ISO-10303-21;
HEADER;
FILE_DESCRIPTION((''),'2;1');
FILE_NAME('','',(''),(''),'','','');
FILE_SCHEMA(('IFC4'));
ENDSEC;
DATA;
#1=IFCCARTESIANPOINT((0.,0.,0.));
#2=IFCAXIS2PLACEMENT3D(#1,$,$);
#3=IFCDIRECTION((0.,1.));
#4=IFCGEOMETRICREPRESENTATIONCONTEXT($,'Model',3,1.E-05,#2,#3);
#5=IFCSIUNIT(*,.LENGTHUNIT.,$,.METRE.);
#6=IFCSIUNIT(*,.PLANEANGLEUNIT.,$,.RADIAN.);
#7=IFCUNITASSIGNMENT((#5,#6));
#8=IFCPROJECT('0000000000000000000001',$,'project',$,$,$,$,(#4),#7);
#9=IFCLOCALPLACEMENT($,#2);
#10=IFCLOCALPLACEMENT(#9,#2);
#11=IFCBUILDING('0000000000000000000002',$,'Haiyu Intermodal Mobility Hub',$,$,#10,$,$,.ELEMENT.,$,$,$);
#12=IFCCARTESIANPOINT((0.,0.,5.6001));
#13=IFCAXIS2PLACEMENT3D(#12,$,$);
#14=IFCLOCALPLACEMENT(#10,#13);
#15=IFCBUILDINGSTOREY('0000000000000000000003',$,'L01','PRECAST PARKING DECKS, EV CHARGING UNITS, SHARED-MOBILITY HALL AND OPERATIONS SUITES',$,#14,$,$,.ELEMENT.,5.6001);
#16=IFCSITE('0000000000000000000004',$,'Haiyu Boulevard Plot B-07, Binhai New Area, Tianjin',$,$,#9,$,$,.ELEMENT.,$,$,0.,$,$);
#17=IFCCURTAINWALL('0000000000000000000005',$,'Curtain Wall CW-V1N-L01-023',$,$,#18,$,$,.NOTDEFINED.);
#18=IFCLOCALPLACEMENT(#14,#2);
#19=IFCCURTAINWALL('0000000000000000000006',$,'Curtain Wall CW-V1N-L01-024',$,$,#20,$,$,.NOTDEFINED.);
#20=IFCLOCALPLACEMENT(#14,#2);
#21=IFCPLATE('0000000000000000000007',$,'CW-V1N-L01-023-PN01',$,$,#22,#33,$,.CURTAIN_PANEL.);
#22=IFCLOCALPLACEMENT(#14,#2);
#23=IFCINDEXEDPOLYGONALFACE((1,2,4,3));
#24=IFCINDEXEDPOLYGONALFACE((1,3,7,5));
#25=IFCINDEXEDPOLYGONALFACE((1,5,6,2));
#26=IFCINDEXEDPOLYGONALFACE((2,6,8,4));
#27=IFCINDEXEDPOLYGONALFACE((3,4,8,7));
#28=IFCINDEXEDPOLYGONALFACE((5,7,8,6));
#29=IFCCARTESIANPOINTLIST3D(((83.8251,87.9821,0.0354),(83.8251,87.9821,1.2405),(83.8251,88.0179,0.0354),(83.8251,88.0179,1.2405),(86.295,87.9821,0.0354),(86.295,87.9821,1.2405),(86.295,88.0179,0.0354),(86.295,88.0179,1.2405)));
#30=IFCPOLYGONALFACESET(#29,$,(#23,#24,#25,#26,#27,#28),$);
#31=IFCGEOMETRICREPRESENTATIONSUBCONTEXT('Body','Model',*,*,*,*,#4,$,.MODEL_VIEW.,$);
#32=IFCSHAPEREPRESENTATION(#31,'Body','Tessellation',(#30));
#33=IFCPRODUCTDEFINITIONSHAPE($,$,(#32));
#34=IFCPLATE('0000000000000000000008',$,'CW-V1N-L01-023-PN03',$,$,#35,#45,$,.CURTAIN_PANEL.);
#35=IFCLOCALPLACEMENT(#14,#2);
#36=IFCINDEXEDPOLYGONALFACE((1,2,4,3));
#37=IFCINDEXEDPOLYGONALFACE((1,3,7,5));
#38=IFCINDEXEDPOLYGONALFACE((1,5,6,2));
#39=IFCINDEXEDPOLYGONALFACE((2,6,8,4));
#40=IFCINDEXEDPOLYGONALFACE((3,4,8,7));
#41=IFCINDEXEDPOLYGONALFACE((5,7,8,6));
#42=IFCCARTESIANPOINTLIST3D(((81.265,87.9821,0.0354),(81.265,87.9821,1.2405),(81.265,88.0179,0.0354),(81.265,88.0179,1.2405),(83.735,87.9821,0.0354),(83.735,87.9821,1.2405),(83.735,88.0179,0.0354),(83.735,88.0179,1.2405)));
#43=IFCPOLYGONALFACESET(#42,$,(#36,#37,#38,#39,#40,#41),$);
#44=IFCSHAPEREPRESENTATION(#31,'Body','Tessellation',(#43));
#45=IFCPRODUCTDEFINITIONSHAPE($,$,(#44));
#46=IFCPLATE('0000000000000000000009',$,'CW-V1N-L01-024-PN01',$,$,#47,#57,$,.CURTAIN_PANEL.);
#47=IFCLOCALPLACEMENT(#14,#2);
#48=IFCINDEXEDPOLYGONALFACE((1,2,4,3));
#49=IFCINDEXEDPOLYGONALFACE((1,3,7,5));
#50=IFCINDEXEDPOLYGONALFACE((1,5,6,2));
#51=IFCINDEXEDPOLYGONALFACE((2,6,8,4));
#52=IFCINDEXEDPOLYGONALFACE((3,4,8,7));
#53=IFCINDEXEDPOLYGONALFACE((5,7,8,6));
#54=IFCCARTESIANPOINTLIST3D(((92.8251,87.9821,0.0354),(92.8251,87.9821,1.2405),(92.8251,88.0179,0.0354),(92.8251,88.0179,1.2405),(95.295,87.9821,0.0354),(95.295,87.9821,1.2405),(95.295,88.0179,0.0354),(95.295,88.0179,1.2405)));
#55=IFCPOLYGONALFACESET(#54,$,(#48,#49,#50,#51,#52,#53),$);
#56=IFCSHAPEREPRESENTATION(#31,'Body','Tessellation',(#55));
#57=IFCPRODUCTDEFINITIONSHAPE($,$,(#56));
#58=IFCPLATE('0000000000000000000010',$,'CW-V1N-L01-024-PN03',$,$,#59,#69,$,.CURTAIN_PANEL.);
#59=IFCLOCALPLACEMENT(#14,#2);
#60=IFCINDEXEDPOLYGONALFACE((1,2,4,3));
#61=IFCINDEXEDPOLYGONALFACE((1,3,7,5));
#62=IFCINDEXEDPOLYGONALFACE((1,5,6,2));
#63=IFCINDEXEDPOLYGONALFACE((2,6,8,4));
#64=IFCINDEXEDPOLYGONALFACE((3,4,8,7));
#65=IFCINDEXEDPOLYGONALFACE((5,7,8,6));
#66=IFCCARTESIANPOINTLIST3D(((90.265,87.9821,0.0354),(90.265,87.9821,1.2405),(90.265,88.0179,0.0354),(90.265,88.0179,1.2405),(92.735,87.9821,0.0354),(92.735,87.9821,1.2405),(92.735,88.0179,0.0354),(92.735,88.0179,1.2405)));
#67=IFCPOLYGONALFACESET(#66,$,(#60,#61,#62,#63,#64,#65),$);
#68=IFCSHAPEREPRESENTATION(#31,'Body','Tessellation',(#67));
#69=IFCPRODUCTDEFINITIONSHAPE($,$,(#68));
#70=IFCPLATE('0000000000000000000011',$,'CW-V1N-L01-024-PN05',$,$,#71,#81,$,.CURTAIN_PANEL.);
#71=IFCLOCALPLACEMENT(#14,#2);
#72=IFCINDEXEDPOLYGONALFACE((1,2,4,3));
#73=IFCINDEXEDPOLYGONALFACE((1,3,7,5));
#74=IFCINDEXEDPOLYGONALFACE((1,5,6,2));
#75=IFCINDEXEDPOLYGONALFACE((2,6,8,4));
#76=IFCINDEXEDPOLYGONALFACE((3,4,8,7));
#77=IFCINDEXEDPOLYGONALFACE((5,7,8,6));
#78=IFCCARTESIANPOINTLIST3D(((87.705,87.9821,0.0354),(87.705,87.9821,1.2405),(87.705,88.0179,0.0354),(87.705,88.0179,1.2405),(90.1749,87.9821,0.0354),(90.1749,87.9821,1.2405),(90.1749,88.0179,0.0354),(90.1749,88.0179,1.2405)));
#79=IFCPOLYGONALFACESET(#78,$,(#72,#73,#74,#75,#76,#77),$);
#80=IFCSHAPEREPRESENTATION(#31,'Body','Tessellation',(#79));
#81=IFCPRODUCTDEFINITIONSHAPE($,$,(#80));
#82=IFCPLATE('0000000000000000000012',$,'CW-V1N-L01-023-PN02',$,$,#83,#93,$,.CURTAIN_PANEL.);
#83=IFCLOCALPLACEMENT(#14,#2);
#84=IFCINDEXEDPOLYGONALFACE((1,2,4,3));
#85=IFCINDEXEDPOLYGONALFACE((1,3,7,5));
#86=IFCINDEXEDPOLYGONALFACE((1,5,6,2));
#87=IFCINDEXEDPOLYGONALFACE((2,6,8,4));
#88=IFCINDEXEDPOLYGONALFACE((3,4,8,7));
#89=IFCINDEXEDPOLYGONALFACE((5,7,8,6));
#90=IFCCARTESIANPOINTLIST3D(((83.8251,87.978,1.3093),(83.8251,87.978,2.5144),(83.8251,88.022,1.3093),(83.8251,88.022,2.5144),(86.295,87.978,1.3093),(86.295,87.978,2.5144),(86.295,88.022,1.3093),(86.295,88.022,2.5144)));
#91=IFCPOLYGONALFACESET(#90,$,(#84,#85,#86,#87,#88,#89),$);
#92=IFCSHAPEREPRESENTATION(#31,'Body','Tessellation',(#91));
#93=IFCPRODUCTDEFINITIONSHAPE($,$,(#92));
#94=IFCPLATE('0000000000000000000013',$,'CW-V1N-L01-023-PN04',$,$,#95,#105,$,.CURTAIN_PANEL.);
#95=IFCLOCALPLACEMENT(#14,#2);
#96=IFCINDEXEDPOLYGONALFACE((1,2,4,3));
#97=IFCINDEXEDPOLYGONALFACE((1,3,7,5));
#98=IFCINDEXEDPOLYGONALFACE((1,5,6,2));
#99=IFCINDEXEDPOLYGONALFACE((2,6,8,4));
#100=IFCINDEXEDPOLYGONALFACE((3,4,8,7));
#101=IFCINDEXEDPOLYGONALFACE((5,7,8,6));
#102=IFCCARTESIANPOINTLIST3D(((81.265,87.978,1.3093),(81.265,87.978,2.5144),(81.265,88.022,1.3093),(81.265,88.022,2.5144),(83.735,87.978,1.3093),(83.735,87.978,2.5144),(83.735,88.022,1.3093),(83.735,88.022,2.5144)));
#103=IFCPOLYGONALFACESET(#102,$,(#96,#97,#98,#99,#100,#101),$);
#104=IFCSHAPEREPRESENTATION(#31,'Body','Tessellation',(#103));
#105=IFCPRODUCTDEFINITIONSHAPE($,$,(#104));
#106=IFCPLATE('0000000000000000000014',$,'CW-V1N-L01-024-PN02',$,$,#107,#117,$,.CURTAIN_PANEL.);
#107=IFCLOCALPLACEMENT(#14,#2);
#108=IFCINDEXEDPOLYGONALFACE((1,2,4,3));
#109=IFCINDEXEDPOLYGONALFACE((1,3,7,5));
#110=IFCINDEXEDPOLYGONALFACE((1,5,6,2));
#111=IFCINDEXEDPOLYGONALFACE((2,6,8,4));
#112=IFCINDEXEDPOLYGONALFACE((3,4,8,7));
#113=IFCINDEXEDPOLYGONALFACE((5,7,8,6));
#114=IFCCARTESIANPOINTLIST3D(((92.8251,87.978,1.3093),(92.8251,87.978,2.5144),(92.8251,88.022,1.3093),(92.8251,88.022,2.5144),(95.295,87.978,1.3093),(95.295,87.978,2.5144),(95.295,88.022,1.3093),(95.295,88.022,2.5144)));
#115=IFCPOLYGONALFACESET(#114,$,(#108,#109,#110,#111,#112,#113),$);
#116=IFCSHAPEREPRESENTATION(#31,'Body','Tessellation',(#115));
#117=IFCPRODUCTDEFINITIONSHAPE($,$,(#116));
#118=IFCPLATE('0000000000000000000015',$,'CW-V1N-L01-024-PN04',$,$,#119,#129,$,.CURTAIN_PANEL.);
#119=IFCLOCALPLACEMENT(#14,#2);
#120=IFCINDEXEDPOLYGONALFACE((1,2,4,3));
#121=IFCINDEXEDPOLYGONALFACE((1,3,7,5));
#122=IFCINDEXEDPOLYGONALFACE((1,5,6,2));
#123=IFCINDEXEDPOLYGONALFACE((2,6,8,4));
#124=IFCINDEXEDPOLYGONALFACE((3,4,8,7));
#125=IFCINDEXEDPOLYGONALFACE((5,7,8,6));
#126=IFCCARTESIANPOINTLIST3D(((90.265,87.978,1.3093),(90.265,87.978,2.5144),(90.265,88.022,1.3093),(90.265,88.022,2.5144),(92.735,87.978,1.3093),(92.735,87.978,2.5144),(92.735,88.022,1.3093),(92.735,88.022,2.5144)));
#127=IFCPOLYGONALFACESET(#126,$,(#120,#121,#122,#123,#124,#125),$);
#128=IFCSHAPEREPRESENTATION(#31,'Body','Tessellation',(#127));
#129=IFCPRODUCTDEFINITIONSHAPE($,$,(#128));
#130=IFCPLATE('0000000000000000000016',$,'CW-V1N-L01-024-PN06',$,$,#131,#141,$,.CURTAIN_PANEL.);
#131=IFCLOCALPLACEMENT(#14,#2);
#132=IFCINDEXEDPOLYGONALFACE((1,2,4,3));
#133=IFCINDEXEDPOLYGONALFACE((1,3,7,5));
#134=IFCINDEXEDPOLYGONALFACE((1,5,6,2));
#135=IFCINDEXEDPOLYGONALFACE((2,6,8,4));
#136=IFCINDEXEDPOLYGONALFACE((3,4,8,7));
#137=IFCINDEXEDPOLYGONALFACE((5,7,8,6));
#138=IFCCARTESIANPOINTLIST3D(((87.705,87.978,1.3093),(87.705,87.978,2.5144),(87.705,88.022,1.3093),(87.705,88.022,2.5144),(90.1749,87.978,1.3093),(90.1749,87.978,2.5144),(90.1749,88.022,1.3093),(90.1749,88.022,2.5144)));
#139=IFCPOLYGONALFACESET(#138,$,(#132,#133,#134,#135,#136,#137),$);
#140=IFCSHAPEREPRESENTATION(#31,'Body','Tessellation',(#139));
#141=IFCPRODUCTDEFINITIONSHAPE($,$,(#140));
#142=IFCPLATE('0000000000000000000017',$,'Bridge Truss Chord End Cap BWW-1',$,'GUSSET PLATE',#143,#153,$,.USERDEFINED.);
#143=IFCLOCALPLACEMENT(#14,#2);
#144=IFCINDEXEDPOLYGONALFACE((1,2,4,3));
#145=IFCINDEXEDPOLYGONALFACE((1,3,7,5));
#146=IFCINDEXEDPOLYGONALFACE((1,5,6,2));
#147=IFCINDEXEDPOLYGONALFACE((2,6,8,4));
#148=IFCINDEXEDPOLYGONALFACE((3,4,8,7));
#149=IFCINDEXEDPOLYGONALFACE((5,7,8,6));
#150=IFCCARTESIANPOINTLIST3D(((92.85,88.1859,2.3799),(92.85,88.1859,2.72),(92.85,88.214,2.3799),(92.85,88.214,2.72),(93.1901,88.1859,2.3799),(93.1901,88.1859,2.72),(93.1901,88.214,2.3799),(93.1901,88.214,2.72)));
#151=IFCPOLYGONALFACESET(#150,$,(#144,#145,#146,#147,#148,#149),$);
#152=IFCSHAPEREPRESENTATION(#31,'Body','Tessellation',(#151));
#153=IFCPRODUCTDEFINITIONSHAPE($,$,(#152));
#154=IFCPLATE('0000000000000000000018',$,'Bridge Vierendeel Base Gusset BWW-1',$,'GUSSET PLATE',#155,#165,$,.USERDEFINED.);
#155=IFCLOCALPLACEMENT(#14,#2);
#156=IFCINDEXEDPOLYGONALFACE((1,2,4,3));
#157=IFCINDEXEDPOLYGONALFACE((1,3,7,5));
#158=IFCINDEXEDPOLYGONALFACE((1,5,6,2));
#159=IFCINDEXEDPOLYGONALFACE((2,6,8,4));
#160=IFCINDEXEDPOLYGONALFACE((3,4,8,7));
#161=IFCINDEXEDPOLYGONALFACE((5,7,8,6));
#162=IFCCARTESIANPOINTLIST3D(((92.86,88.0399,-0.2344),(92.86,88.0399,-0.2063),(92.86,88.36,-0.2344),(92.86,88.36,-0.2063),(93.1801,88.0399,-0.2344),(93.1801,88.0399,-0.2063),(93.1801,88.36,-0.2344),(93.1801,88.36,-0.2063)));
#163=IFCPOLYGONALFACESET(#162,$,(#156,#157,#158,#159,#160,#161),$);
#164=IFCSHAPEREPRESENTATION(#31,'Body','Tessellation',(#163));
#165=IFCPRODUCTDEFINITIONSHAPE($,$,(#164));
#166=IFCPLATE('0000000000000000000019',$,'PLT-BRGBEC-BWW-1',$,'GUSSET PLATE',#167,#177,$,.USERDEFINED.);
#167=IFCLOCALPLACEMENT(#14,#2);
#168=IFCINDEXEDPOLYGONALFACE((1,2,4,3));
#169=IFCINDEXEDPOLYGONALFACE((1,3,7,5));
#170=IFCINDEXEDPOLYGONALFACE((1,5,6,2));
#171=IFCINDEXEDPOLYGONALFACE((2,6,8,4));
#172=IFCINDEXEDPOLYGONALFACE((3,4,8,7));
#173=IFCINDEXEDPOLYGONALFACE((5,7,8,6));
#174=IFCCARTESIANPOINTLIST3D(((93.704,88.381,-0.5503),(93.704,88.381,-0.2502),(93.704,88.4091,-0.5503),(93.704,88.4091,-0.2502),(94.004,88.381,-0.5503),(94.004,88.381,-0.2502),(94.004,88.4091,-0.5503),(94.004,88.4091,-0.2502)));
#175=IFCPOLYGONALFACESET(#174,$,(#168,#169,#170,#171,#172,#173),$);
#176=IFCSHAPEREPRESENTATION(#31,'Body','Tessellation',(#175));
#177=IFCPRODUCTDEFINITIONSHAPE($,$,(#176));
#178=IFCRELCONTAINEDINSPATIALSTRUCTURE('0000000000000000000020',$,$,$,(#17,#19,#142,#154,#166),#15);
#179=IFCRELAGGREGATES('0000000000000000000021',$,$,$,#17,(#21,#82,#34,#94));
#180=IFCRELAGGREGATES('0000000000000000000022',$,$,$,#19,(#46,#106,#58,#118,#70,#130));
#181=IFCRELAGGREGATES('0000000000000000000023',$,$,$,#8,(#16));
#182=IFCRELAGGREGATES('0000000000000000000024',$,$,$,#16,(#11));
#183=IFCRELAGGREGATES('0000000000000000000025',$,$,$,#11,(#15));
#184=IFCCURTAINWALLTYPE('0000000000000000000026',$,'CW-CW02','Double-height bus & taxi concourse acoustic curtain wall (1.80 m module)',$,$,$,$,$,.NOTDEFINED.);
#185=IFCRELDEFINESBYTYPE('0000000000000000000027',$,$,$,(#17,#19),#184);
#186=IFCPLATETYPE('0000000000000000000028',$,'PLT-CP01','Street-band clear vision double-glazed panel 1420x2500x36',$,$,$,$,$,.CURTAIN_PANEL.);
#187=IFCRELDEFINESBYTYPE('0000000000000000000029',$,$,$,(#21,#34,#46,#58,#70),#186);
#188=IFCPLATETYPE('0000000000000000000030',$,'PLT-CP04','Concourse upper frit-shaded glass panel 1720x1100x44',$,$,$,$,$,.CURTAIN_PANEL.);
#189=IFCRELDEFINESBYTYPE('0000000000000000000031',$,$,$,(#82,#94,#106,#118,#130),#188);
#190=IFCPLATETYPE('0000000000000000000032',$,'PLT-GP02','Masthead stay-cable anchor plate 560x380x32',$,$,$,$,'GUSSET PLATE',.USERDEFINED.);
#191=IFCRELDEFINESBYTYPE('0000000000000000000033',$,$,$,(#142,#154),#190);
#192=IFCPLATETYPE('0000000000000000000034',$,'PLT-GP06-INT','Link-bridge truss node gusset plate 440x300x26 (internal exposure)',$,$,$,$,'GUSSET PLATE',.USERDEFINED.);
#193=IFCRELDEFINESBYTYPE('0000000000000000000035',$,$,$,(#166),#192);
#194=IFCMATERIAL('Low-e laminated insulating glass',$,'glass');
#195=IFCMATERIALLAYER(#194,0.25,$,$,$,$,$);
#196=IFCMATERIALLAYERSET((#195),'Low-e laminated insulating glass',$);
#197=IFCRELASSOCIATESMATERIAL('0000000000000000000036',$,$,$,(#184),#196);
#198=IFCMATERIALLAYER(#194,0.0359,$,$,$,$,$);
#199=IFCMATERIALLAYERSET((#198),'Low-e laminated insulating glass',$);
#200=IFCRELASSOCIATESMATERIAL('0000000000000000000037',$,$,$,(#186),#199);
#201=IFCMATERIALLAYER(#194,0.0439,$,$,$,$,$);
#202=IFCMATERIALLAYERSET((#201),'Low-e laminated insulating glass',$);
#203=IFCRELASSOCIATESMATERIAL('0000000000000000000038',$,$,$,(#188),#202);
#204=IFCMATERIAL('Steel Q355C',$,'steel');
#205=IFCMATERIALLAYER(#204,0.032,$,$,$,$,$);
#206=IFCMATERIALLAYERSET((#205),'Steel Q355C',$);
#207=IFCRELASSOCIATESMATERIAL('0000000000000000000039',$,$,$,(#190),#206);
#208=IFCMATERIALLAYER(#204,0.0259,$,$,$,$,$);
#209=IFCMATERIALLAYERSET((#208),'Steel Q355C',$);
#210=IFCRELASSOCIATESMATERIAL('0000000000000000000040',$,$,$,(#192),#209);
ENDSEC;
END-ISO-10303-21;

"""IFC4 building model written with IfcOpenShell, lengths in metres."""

from ifc_helpers import new_model, si_unit, direction, frame, origin, origin_2d, place, context, subcontext, project, spatial, rectangle, extrude, material, layer, layer_set, type_object, element, aggregate, save


model = new_model("IFC4")

# Units and contexts
model_context = context("Model", 3, precision=1e-05, world=origin(), true_north=direction((0.0, 1.0)))
body_context = subcontext(model_context, "Body", "Model", "MODEL_VIEW")
ifc_project = project(units=[si_unit("LENGTHUNIT", "METRE"), si_unit("PLANEANGLEUNIT", "RADIAN")], contexts=[model_context])

# Site, building, storey
site_placement = place(None, origin())
site = spatial("IfcSite", under=ifc_project, at=site_placement, Name="Haiyu Boulevard Plot B-07, Binhai New Area, Tianjin", CompositionType="ELEMENT", RefElevation=0.0)
building_placement = place(site_placement, origin())
building = spatial("IfcBuilding", under=site, at=building_placement, Name="Haiyu Intermodal Mobility Hub", CompositionType="ELEMENT")
storey_placement = place(building_placement, frame((0.0, 0.0, 5.6001)))
storey = spatial("IfcBuildingStorey", under=building, at=storey_placement, Name="L01", Description="PRECAST PARKING DECKS, EV CHARGING UNITS, SHARED-MOBILITY HALL AND OPERATIONS SUITES", CompositionType="ELEMENT", Elevation=5.6001)

# Shared definitions
ifc_material_1 = material(Name="Steel Q355C", Category="steel")

# Curtain walls
ifc_material_2 = material(Name="Low-e laminated insulating glass", Category="glass")
ifc_layer_1 = layer(ifc_material_2, 0.25)
ifc_layer_set_1 = layer_set([ifc_layer_1], Name="Low-e laminated insulating glass")
curtain_wall_type = type_object("IfcCurtainWallType", Name="CW-CW02", Description="Double-height bus & taxi concourse acoustic curtain wall (1.80 m module)", PredefinedType="NOTDEFINED", material=ifc_layer_set_1)
curtain_wall_1_placement = place(storey_placement, origin())
curtain_wall_1 = element("IfcCurtainWall", 1, at=curtain_wall_1_placement, inside=storey, type_object=curtain_wall_type, Name="Curtain Wall CW-V1N-L01-023", PredefinedType="NOTDEFINED")
curtain_wall_2_placement = place(storey_placement, origin())
curtain_wall_2 = element("IfcCurtainWall", 2, at=curtain_wall_2_placement, inside=storey, type_object=curtain_wall_type, Name="Curtain Wall CW-V1N-L01-024", PredefinedType="NOTDEFINED")

# Plates
ifc_layer_2 = layer(ifc_material_2, 0.0359)
ifc_layer_set_2 = layer_set([ifc_layer_2], Name="Low-e laminated insulating glass")
plate_type_1 = type_object("IfcPlateType", Name="PLT-CP01", Description="Street-band clear vision double-glazed panel 1420x2500x36", PredefinedType="CURTAIN_PANEL", material=ifc_layer_set_2)
plate_1_placement = place(storey_placement, frame((85.0601, 88.0, 0.0354), z_axis=(0.0, 0.0, 1.0), x_axis=(-1.0, 0.0, 0.0)))
plate_1 = element("IfcPlate", 3, at=plate_1_placement, type_object=plate_type_1, Name="CW-V1N-L01-023-PN01", PredefinedType="CURTAIN_PANEL", context=body_context, shape_type="SweptSolid", body=[
    extrude(rectangle(XDim=2.47, YDim=0.0359, at=origin_2d()), origin(), (0.0, 0.0, 1.0), 1.2051),
])
plate_2_placement = place(storey_placement, frame((82.5, 88.0, 0.0354), z_axis=(0.0, 0.0, 1.0), x_axis=(-1.0, 0.0, 0.0)))
plate_2 = element("IfcPlate", 4, at=plate_2_placement, type_object=plate_type_1, Name="CW-V1N-L01-023-PN03", PredefinedType="CURTAIN_PANEL", context=body_context, shape_type="SweptSolid", body=[
    extrude(rectangle(XDim=2.47, YDim=0.0359, at=origin_2d()), origin(), (0.0, 0.0, 1.0), 1.2051),
])
plate_3_placement = place(storey_placement, frame((94.0601, 88.0, 0.0354), z_axis=(0.0, 0.0, 1.0), x_axis=(-1.0, 0.0, 0.0)))
plate_3 = element("IfcPlate", 5, at=plate_3_placement, type_object=plate_type_1, Name="CW-V1N-L01-024-PN01", PredefinedType="CURTAIN_PANEL", context=body_context, shape_type="SweptSolid", body=[
    extrude(rectangle(XDim=2.47, YDim=0.0359, at=origin_2d()), origin(), (0.0, 0.0, 1.0), 1.2051),
])
plate_4_placement = place(storey_placement, frame((91.5, 88.0, 0.0354), z_axis=(0.0, 0.0, 1.0), x_axis=(-1.0, 0.0, 0.0)))
plate_4 = element("IfcPlate", 6, at=plate_4_placement, type_object=plate_type_1, Name="CW-V1N-L01-024-PN03", PredefinedType="CURTAIN_PANEL", context=body_context, shape_type="SweptSolid", body=[
    extrude(rectangle(XDim=2.47, YDim=0.0359, at=origin_2d()), origin(), (0.0, 0.0, 1.0), 1.2051),
])
plate_5_placement = place(storey_placement, frame((88.9399, 88.0, 0.0354), z_axis=(0.0, 0.0, 1.0), x_axis=(-1.0, 0.0, 0.0)))
plate_5 = element("IfcPlate", 7, at=plate_5_placement, type_object=plate_type_1, Name="CW-V1N-L01-024-PN05", PredefinedType="CURTAIN_PANEL", context=body_context, shape_type="SweptSolid", body=[
    extrude(rectangle(XDim=2.47, YDim=0.0359, at=origin_2d()), origin(), (0.0, 0.0, 1.0), 1.2051),
])
ifc_layer_3 = layer(ifc_material_2, 0.0439)
ifc_layer_set_3 = layer_set([ifc_layer_3], Name="Low-e laminated insulating glass")
plate_type_2 = type_object("IfcPlateType", Name="PLT-CP04", Description="Concourse upper frit-shaded glass panel 1720x1100x44", PredefinedType="CURTAIN_PANEL", material=ifc_layer_set_3)
plate_6_placement = place(storey_placement, frame((85.0601, 88.0, 1.3093), z_axis=(0.0, 0.0, 1.0), x_axis=(-1.0, 0.0, 0.0)))
plate_6 = element("IfcPlate", 8, at=plate_6_placement, type_object=plate_type_2, Name="CW-V1N-L01-023-PN02", PredefinedType="CURTAIN_PANEL", context=body_context, shape_type="SweptSolid", body=[
    extrude(rectangle(XDim=2.47, YDim=0.0439, at=origin_2d()), origin(), (0.0, 0.0, 1.0), 1.2051),
])
plate_7_placement = place(storey_placement, frame((82.5, 88.0, 1.3093), z_axis=(0.0, 0.0, 1.0), x_axis=(-1.0, 0.0, 0.0)))
plate_7 = element("IfcPlate", 9, at=plate_7_placement, type_object=plate_type_2, Name="CW-V1N-L01-023-PN04", PredefinedType="CURTAIN_PANEL", context=body_context, shape_type="SweptSolid", body=[
    extrude(rectangle(XDim=2.47, YDim=0.0439, at=origin_2d()), origin(), (0.0, 0.0, 1.0), 1.2051),
])
aggregate(curtain_wall_1, [plate_1, plate_6, plate_2, plate_7])
plate_8_placement = place(storey_placement, frame((94.0601, 88.0, 1.3093), z_axis=(0.0, 0.0, 1.0), x_axis=(-1.0, 0.0, 0.0)))
plate_8 = element("IfcPlate", 10, at=plate_8_placement, type_object=plate_type_2, Name="CW-V1N-L01-024-PN02", PredefinedType="CURTAIN_PANEL", context=body_context, shape_type="SweptSolid", body=[
    extrude(rectangle(XDim=2.47, YDim=0.0439, at=origin_2d()), origin(), (0.0, 0.0, 1.0), 1.2051),
])
plate_9_placement = place(storey_placement, frame((91.5, 88.0, 1.3093), z_axis=(0.0, 0.0, 1.0), x_axis=(-1.0, 0.0, 0.0)))
plate_9 = element("IfcPlate", 11, at=plate_9_placement, type_object=plate_type_2, Name="CW-V1N-L01-024-PN04", PredefinedType="CURTAIN_PANEL", context=body_context, shape_type="SweptSolid", body=[
    extrude(rectangle(XDim=2.47, YDim=0.0439, at=origin_2d()), origin(), (0.0, 0.0, 1.0), 1.2051),
])
plate_10_placement = place(storey_placement, frame((88.9399, 88.0, 1.3093), z_axis=(0.0, 0.0, 1.0), x_axis=(-1.0, 0.0, 0.0)))
plate_10 = element("IfcPlate", 12, at=plate_10_placement, type_object=plate_type_2, Name="CW-V1N-L01-024-PN06", PredefinedType="CURTAIN_PANEL", context=body_context, shape_type="SweptSolid", body=[
    extrude(rectangle(XDim=2.47, YDim=0.0439, at=origin_2d()), origin(), (0.0, 0.0, 1.0), 1.2051),
])
aggregate(curtain_wall_2, [plate_3, plate_8, plate_4, plate_9, plate_5, plate_10])

# Plates
ifc_layer_4 = layer(ifc_material_1, 0.032)
ifc_layer_set_4 = layer_set([ifc_layer_4], Name="Steel Q355C")
plate_type_3 = type_object("IfcPlateType", Name="PLT-GP02", Description="Masthead stay-cable anchor plate 560x380x32", ElementType="GUSSET PLATE", PredefinedType="USERDEFINED", material=ifc_layer_set_4)
plate_11_placement = place(storey_placement, frame((93.02, 88.2, 2.3799), z_axis=(0.0, 0.0, 1.0), x_axis=(1.0, 0.0, 0.0)))
element("IfcPlate", 13, at=plate_11_placement, inside=storey, type_object=plate_type_3, Name="Bridge Truss Chord End Cap BWW-1", ObjectType="GUSSET PLATE", PredefinedType="USERDEFINED", context=body_context, shape_type="SweptSolid", body=[
    extrude(rectangle(XDim=0.3401, YDim=0.0281, at=origin_2d()), origin(), (0.0, 0.0, 1.0), 0.3401),
])
plate_12_placement = place(storey_placement, frame((93.02, 88.2, -0.2344), z_axis=(0.0, 0.0, 1.0), x_axis=(1.0, 0.0, 0.0)))
element("IfcPlate", 14, at=plate_12_placement, inside=storey, type_object=plate_type_3, Name="Bridge Vierendeel Base Gusset BWW-1", ObjectType="GUSSET PLATE", PredefinedType="USERDEFINED", context=body_context, shape_type="SweptSolid", body=[
    extrude(rectangle(XDim=0.3201, YDim=0.3201, at=origin_2d()), origin(), (0.0, 0.0, 1.0), 0.0281),
])
ifc_layer_5 = layer(ifc_material_1, 0.0259)
ifc_layer_set_5 = layer_set([ifc_layer_5], Name="Steel Q355C")
plate_type_4 = type_object("IfcPlateType", Name="PLT-GP06-INT", Description="Link-bridge truss node gusset plate 440x300x26 (internal exposure)", ElementType="GUSSET PLATE", PredefinedType="USERDEFINED", material=ifc_layer_set_5)
plate_13_placement = place(storey_placement, frame((93.854, 88.395, -0.5503), z_axis=(0.0, 0.0, 1.0), x_axis=(1.0, 0.0, 0.0)))
element("IfcPlate", 15, at=plate_13_placement, inside=storey, type_object=plate_type_4, Name="PLT-BRGBEC-BWW-1", ObjectType="GUSSET PLATE", PredefinedType="USERDEFINED", context=body_context, shape_type="SweptSolid", body=[
    extrude(rectangle(XDim=0.3, YDim=0.0281, at=origin_2d()), origin(), (0.0, 0.0, 1.0), 0.3),
])

save(model, "model.ifc")
